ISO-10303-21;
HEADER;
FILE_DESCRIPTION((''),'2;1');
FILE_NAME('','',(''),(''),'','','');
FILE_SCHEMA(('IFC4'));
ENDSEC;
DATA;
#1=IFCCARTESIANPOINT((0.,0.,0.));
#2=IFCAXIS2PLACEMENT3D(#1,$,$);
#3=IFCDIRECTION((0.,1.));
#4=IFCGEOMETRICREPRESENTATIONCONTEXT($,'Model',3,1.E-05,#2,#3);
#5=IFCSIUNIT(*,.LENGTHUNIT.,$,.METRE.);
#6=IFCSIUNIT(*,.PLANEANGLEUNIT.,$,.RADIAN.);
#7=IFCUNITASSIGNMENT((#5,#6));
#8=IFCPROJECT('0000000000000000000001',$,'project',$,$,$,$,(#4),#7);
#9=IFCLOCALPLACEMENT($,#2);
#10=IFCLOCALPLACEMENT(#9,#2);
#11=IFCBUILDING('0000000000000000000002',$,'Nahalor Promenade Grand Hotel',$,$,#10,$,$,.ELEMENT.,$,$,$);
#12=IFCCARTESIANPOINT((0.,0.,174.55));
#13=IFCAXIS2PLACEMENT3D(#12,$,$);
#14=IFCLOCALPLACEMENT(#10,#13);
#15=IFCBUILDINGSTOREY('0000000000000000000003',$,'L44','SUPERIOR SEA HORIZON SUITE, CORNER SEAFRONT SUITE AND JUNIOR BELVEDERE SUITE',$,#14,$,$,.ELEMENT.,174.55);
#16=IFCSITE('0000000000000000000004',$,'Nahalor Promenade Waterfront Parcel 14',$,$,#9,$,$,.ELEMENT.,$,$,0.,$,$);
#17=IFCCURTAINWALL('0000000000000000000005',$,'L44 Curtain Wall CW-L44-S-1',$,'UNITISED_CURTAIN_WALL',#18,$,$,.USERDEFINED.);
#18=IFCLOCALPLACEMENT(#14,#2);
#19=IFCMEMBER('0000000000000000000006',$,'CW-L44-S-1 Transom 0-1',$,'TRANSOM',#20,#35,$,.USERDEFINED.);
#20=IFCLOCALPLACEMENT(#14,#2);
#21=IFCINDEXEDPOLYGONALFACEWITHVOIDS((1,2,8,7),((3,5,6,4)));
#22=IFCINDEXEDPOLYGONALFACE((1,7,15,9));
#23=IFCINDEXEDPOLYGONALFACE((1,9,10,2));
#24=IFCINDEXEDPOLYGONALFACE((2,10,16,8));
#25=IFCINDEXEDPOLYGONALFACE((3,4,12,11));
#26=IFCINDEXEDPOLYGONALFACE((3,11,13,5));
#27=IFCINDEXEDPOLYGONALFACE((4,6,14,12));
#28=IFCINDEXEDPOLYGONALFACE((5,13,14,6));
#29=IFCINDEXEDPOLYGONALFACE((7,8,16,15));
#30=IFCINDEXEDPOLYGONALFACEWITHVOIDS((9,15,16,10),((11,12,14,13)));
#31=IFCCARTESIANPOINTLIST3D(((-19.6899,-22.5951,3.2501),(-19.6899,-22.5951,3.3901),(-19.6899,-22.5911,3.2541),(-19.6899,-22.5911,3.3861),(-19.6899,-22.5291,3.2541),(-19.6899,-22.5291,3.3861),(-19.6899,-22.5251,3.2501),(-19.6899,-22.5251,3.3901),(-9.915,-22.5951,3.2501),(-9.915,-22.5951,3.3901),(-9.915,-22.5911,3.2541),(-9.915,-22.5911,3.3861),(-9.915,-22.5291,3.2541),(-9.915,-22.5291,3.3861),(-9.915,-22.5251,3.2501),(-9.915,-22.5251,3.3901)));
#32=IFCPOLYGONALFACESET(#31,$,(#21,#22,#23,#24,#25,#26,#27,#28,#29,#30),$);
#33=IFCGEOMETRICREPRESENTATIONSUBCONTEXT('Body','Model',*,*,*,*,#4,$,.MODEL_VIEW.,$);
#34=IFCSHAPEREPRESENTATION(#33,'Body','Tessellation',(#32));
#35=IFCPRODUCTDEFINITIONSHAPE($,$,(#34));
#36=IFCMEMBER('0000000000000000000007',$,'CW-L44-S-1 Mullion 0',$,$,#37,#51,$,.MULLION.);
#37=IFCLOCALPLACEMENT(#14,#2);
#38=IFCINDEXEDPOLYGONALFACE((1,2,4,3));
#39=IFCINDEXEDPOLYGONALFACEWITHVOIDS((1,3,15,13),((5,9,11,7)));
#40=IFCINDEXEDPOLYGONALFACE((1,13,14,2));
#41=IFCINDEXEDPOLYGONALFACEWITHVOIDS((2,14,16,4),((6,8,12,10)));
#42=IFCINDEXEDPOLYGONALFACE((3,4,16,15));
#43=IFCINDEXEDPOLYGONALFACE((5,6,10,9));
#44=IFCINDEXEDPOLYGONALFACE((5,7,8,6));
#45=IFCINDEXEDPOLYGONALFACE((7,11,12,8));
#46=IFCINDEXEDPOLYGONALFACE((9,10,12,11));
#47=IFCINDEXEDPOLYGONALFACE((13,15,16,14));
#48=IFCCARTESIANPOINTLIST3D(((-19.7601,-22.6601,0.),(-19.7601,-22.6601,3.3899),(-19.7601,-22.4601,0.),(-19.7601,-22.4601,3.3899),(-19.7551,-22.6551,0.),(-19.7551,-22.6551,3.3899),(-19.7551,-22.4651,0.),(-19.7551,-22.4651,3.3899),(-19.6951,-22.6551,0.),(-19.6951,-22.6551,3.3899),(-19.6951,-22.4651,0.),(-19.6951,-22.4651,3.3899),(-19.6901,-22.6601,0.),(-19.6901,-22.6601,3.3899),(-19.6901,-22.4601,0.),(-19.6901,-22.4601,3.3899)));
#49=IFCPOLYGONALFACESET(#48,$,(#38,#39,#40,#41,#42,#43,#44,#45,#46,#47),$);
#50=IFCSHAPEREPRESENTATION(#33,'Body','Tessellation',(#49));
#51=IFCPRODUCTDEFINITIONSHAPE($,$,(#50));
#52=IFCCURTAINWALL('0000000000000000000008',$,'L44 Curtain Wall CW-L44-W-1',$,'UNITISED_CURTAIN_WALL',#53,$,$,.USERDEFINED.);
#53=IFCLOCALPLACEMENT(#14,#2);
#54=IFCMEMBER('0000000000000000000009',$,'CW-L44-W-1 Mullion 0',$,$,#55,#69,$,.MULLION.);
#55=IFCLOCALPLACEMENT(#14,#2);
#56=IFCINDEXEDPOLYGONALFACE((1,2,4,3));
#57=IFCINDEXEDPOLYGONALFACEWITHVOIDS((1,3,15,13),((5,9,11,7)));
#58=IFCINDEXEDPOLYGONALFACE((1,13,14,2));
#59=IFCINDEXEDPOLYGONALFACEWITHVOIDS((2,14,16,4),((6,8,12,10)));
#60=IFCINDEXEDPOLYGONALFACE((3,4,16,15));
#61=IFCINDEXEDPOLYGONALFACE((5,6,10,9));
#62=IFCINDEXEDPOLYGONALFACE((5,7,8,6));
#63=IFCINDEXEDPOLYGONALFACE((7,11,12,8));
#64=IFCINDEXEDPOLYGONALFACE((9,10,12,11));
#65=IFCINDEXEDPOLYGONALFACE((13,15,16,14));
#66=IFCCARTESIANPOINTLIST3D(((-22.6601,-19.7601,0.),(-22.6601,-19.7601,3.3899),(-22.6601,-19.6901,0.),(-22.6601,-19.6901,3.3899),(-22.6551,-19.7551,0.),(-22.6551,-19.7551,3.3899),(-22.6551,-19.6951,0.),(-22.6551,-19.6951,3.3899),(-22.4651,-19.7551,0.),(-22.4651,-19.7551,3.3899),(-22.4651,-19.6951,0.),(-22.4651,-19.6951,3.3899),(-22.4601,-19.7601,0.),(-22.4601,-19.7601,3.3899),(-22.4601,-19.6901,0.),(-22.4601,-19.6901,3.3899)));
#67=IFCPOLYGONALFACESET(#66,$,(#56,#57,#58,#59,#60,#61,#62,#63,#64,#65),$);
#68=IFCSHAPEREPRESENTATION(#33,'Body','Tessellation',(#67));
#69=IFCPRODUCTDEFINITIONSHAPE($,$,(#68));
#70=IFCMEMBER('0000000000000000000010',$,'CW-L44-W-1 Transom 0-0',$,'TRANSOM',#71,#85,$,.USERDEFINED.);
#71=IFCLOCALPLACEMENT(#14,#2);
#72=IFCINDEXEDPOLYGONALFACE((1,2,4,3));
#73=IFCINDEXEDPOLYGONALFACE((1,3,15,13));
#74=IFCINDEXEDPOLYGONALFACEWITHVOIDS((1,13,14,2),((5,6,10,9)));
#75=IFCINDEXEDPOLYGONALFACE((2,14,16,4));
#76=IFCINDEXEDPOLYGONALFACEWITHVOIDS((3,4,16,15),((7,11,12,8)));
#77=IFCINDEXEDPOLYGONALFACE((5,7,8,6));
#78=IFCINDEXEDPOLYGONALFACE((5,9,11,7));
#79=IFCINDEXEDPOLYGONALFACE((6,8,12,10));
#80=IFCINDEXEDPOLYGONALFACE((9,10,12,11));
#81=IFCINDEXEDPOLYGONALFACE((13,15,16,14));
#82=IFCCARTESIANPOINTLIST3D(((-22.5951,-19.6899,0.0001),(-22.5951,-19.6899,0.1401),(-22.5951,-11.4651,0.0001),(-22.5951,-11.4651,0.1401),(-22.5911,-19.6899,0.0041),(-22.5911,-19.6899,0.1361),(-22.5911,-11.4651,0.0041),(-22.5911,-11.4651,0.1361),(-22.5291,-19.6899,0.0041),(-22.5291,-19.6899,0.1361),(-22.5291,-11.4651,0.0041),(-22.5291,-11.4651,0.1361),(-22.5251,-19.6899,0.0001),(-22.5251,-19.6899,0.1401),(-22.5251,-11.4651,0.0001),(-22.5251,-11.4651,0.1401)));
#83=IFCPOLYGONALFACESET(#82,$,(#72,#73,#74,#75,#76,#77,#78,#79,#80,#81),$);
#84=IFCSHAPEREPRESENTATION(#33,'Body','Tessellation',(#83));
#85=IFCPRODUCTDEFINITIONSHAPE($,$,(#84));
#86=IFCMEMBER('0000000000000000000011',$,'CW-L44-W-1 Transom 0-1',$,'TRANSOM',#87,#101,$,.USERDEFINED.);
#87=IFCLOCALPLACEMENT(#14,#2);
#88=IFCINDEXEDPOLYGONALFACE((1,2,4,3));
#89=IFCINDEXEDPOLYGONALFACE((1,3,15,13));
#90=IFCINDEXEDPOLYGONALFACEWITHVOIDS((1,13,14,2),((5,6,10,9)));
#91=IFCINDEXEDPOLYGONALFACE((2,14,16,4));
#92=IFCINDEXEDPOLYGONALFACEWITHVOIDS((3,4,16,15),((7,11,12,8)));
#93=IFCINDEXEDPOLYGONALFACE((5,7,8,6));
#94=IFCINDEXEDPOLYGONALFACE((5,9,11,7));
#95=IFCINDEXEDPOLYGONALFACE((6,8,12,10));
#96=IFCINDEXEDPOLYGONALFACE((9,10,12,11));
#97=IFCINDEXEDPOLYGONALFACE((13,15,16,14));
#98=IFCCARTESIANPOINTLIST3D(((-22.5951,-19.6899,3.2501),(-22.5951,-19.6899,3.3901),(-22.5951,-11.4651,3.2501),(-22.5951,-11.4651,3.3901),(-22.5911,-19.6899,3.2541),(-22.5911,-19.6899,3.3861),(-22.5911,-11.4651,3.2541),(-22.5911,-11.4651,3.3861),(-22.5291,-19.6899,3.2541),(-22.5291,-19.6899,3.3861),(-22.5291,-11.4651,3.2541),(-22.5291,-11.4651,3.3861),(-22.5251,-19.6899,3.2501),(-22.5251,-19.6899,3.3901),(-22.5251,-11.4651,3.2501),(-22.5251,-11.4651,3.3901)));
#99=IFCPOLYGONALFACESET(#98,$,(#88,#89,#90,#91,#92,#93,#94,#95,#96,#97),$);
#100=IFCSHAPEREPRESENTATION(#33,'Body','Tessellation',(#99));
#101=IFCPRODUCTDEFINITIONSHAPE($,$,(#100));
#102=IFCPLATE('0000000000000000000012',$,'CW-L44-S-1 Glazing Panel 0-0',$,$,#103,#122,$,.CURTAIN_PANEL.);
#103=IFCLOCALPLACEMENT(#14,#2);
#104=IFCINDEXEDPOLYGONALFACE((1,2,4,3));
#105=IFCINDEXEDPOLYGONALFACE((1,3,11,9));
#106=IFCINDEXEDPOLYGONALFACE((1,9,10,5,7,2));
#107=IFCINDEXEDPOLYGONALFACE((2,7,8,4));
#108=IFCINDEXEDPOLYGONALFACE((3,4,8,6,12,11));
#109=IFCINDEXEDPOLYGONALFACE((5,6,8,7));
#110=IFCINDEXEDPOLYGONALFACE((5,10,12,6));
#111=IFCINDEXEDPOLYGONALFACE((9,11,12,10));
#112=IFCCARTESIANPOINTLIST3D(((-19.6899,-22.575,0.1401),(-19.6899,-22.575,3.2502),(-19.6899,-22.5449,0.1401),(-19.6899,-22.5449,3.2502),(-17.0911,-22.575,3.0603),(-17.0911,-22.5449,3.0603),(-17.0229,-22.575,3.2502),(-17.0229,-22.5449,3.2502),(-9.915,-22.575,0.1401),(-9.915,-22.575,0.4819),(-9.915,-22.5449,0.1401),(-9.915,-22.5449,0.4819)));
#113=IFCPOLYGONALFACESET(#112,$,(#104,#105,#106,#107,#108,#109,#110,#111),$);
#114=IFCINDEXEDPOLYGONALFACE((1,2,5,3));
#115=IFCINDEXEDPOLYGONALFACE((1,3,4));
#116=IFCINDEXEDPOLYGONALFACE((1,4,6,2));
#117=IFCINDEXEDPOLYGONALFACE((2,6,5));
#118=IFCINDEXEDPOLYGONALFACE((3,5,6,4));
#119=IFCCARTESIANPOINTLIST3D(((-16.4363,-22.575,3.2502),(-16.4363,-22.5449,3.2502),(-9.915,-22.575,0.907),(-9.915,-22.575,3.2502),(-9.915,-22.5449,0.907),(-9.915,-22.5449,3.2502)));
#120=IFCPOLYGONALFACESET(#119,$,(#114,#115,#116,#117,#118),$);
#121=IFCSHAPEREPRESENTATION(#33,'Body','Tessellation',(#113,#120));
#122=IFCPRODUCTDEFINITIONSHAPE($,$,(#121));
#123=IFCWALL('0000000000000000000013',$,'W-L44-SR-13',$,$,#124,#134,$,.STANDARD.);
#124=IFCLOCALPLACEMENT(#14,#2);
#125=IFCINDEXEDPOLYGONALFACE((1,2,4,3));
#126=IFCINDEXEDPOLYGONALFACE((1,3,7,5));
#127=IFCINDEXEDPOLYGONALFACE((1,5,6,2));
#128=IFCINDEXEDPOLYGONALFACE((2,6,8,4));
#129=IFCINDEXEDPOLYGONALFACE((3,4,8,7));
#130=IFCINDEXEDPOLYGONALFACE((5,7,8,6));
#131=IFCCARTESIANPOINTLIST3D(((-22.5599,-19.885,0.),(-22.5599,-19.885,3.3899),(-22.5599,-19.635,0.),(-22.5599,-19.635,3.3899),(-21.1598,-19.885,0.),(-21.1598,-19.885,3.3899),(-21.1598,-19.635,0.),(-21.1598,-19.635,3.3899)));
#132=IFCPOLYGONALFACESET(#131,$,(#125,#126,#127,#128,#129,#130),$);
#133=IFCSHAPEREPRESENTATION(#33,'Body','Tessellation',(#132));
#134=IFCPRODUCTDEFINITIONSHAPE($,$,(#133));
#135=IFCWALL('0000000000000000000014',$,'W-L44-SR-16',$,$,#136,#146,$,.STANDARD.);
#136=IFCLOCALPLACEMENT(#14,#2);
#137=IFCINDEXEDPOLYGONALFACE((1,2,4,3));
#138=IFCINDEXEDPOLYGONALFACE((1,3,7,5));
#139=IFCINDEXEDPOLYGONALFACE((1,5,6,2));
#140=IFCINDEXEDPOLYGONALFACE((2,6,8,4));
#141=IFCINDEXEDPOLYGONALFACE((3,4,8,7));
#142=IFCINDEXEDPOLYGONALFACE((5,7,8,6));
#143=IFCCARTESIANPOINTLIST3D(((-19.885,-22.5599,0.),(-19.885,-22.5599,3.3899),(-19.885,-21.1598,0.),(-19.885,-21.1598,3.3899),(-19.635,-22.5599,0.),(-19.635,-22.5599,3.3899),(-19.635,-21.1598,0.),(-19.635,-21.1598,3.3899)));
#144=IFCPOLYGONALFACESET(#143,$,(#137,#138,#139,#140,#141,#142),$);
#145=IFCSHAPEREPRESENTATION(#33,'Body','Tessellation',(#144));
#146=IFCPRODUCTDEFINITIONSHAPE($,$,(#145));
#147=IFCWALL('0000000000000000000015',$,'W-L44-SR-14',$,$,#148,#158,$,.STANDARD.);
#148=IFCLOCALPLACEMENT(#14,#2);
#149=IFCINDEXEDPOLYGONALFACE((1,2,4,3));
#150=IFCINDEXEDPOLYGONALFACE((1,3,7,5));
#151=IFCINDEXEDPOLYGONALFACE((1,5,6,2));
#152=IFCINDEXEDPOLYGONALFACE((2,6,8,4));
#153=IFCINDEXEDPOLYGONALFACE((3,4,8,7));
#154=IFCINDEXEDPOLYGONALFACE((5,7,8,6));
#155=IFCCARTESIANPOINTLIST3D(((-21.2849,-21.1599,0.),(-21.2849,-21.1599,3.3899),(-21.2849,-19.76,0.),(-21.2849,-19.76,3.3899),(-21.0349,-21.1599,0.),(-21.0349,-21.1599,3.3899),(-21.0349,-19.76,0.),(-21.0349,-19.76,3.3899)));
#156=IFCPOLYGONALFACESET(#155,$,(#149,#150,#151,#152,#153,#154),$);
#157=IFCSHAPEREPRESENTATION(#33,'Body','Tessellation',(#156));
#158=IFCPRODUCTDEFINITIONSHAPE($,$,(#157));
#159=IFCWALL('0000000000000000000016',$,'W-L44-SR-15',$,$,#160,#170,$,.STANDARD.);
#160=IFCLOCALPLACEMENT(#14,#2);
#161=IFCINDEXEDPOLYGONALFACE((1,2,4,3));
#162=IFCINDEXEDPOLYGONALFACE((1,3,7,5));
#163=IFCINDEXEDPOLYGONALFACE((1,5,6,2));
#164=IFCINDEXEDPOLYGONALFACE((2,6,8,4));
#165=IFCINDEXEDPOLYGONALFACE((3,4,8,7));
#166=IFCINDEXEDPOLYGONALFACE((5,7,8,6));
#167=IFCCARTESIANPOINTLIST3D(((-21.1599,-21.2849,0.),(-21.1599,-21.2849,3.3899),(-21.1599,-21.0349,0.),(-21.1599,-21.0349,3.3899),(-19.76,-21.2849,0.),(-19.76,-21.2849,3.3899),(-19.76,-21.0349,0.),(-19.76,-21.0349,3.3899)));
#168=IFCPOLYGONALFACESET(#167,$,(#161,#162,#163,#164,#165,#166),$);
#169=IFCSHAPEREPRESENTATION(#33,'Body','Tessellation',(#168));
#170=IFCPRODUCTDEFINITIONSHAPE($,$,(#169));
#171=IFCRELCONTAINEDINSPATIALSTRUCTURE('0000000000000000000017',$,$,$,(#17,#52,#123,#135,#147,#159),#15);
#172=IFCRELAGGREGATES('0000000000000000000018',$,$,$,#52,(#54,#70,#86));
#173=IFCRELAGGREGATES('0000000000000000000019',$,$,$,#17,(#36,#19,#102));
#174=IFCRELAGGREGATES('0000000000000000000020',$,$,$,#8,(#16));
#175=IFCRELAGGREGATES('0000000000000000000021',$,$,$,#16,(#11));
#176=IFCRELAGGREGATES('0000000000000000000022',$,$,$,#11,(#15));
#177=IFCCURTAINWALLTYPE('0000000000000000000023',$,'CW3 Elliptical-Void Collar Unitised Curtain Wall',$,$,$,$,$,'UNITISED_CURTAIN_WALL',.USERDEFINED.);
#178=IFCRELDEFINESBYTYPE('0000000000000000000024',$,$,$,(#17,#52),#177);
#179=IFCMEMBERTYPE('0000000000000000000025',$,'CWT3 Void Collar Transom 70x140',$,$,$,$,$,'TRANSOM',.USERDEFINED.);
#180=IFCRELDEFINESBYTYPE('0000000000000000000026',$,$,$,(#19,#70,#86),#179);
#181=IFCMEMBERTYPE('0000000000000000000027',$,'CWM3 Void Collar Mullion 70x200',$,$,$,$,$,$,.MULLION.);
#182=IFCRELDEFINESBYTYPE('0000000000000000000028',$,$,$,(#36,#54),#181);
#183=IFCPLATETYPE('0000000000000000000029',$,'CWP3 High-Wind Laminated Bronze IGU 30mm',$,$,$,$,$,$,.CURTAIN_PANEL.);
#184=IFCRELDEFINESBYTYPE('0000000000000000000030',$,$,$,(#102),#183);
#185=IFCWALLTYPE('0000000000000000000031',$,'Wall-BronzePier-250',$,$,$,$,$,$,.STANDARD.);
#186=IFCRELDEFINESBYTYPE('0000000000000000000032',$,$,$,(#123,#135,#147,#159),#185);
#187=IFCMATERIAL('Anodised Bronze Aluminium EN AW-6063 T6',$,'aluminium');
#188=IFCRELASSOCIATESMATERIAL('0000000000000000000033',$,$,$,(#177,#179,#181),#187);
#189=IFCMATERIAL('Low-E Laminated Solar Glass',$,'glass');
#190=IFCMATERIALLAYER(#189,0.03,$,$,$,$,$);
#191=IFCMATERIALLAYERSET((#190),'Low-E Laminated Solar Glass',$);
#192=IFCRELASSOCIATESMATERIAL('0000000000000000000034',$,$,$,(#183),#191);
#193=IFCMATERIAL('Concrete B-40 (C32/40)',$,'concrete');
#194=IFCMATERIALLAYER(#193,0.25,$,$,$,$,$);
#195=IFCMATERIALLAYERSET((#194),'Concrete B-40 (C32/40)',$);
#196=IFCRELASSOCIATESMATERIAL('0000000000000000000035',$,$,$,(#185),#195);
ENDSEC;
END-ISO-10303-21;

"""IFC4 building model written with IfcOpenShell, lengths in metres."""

from ifc_helpers import new_model, si_unit, direction, frame, frame_2d, origin, origin_2d, place, context, subcontext, project, spatial, polyline, rectangle, hollow_rectangle, outline, extrude, source, transform, mapped, material, layer, layer_set, material_profile, profile_set, type_object, element, aggregate, save


model = new_model("IFC4")

# Units and contexts
model_context = context("Model", 3, precision=1e-05, world=origin(), true_north=direction((0.0, 1.0)))
body_context = subcontext(model_context, "Body", "Model", "MODEL_VIEW")
ifc_project = project(units=[si_unit("LENGTHUNIT", "METRE"), si_unit("PLANEANGLEUNIT", "RADIAN")], contexts=[model_context])

# Site, building, storey
site_placement = place(None, origin())
site = spatial("IfcSite", under=ifc_project, at=site_placement, Name="Nahalor Promenade Waterfront Parcel 14", CompositionType="ELEMENT", RefElevation=0.0)
building_placement = place(site_placement, origin())
building = spatial("IfcBuilding", under=site, at=building_placement, Name="Nahalor Promenade Grand Hotel", CompositionType="ELEMENT")
storey_placement = place(building_placement, frame((0.0, 0.0, 174.55)))
storey = spatial("IfcBuildingStorey", under=building, at=storey_placement, Name="L44", Description="SUPERIOR SEA HORIZON SUITE, CORNER SEAFRONT SUITE AND JUNIOR BELVEDERE SUITE", CompositionType="ELEMENT", Elevation=174.55)

# Curtain walls, members
ifc_material_1 = material(Name="Anodised Bronze Aluminium EN AW-6063 T6", Category="aluminium")
curtain_wall_type = type_object("IfcCurtainWallType", Name="CW3 Elliptical-Void Collar Unitised Curtain Wall", ElementType="UNITISED_CURTAIN_WALL", PredefinedType="USERDEFINED", material=ifc_material_1)
curtain_wall_1_placement = place(storey_placement, origin())
curtain_wall_1 = element("IfcCurtainWall", 1, at=curtain_wall_1_placement, inside=storey, type_object=curtain_wall_type, Name="L44 Curtain Wall CW-L44-S-1", ObjectType="UNITISED_CURTAIN_WALL", PredefinedType="USERDEFINED")
ifc_material_profile_1 = material_profile(ifc_material_1, hollow_rectangle(XDim=0.07, YDim=0.14, WallThickness=0.004, at=origin_2d()), Name="CWT 70x140x4")
ifc_profile_set_1 = profile_set([ifc_material_profile_1], Name="Anodised Bronze Aluminium EN AW-6063 T6")
member_type_1 = type_object("IfcMemberType", Name="CWT3 Void Collar Transom 70x140", ElementType="TRANSOM", PredefinedType="USERDEFINED", material=ifc_profile_set_1)
shared_shape_1 = source(origin(), body_context, "Body", "SweptSolid", [
    extrude(hollow_rectangle(XDim=0.07, YDim=0.14, WallThickness=0.004, at=origin_2d()), origin(), (0.0, 0.0, 1.0), 9.7749),
])
member_1_placement = place(storey_placement, frame((-19.6899, -22.5601, 3.3201), z_axis=(1.0, 0.0, 0.0), x_axis=(0.0, 1.0, 0.0)))
member_1 = element("IfcMember", 2, at=member_1_placement, type_object=member_type_1, Name="CW-L44-S-1 Transom 0-1", ObjectType="TRANSOM", PredefinedType="USERDEFINED", context=body_context, shape_type="MappedRepresentation", body=[
    mapped(shared_shape_1, transform((0.0, 0.0, 0.0), scale=1.0)),
])
ifc_material_profile_2 = material_profile(ifc_material_1, hollow_rectangle(XDim=0.07, YDim=0.2, WallThickness=0.005, at=origin_2d()), Name="CWM 70x200x5")
ifc_profile_set_2 = profile_set([ifc_material_profile_2], Name="Anodised Bronze Aluminium EN AW-6063 T6")
member_type_2 = type_object("IfcMemberType", Name="CWM3 Void Collar Mullion 70x200", PredefinedType="MULLION", material=ifc_profile_set_2)
shared_shape_2 = source(origin(), body_context, "Body", "SweptSolid", [
    extrude(hollow_rectangle(XDim=0.07, YDim=0.2, WallThickness=0.005, at=origin_2d()), origin(), (0.0, 0.0, 1.0), 3.3899),
])
member_2_placement = place(storey_placement, frame((-19.7251, -22.5601, 0.0), z_axis=(0.0, 0.0, 1.0), x_axis=(1.0, 0.0, 0.0)))
member_2 = element("IfcMember", 3, at=member_2_placement, type_object=member_type_2, Name="CW-L44-S-1 Mullion 0", PredefinedType="MULLION", context=body_context, shape_type="MappedRepresentation", body=[
    mapped(shared_shape_2, transform((0.0, 0.0, 0.0), scale=1.0)),
])
curtain_wall_2_placement = place(storey_placement, origin())
curtain_wall_2 = element("IfcCurtainWall", 4, at=curtain_wall_2_placement, inside=storey, type_object=curtain_wall_type, Name="L44 Curtain Wall CW-L44-W-1", ObjectType="UNITISED_CURTAIN_WALL", PredefinedType="USERDEFINED")
member_3_placement = place(storey_placement, frame((-22.5601, -19.7251, 0.0), z_axis=(0.0, 0.0, 1.0), x_axis=(0.0, 1.0, 0.0)))
member_3 = element("IfcMember", 5, at=member_3_placement, type_object=member_type_2, Name="CW-L44-W-1 Mullion 0", PredefinedType="MULLION", context=body_context, shape_type="MappedRepresentation", body=[
    mapped(shared_shape_2, transform((0.0, 0.0, 0.0), scale=1.0)),
])
shared_shape_3 = source(origin(), body_context, "Body", "SweptSolid", [
    extrude(hollow_rectangle(XDim=0.07, YDim=0.14, WallThickness=0.004, at=origin_2d()), origin(), (0.0, 0.0, 1.0), 8.2249),
])
member_4_placement = place(storey_placement, frame((-22.5601, -19.6899, 0.0701), z_axis=(0.0, 1.0, 0.0), x_axis=(-1.0, 0.0, 0.0)))
member_4 = element("IfcMember", 6, at=member_4_placement, type_object=member_type_1, Name="CW-L44-W-1 Transom 0-0", ObjectType="TRANSOM", PredefinedType="USERDEFINED", context=body_context, shape_type="MappedRepresentation", body=[
    mapped(shared_shape_3, transform((0.0, 0.0, 0.0), scale=1.0)),
])
member_5_placement = place(storey_placement, frame((-22.5601, -19.6899, 3.3201), z_axis=(0.0, 1.0, 0.0), x_axis=(-1.0, 0.0, 0.0)))
member_5 = element("IfcMember", 7, at=member_5_placement, type_object=member_type_1, Name="CW-L44-W-1 Transom 0-1", ObjectType="TRANSOM", PredefinedType="USERDEFINED", context=body_context, shape_type="MappedRepresentation", body=[
    mapped(shared_shape_3, transform((0.0, 0.0, 0.0), scale=1.0)),
])
aggregate(curtain_wall_2, [member_3, member_4, member_5])

# Plate
ifc_material_2 = material(Name="Low-E Laminated Solar Glass", Category="glass")
ifc_layer_1 = layer(ifc_material_2, 0.03)
ifc_layer_set_1 = layer_set([ifc_layer_1], Name="Low-E Laminated Solar Glass")
plate_type = type_object("IfcPlateType", Name="CWP3 High-Wind Laminated Bronze IGU 30mm", PredefinedType="CURTAIN_PANEL", material=ifc_layer_set_1)
plate_placement = place(storey_placement, frame((-14.8025, -22.5601, 0.1401), z_axis=(0.0, 0.0, 1.0), x_axis=(1.0, 0.0, 0.0)))
plate = element("IfcPlate", 8, at=plate_placement, type_object=plate_type, Name="CW-L44-S-1 Glazing Panel 0-0", PredefinedType="CURTAIN_PANEL", context=body_context, shape_type="SweptSolid", body=[
    extrude(outline(polyline([(-4.8875, 0.0), (4.8875, 0.0), (4.8875, 0.3418), (-2.2886, 2.9202), (-2.2205, 3.1101), (-4.8875, 3.1101), (-4.8875, 0.0)])), frame((0.0, 0.0151, 0.0), z_axis=(0.0, -1.0, 0.0), x_axis=(1.0, 0.0, 0.0)), (0.0, 0.0, 1.0), 0.03),
    extrude(outline(polyline([(4.8875, 0.7668), (4.8875, 3.1101), (-1.6338, 3.1101), (4.8875, 0.7668)])), frame((0.0, 0.0151, 0.0), z_axis=(0.0, -1.0, 0.0), x_axis=(1.0, 0.0, 0.0)), (0.0, 0.0, 1.0), 0.03),
])
aggregate(curtain_wall_1, [member_2, member_1, plate])

# Walls
ifc_material_3 = material(Name="Concrete B-40 (C32/40)", Category="concrete")
ifc_layer_2 = layer(ifc_material_3, 0.25)
ifc_layer_set_2 = layer_set([ifc_layer_2], Name="Concrete B-40 (C32/40)")
wall_type_1 = type_object("IfcWallType", Name="Wall-BronzePier-250", PredefinedType="STANDARD", material=ifc_layer_set_2)
shared_shape_4 = source(origin(), body_context, "Body", "SweptSolid", [
    extrude(rectangle(XDim=1.4001, YDim=0.25, at=frame_2d((0.7002, 0.0))), origin(), (0.0, 0.0, 1.0), 3.3899),
])
for number, where, z_axis, x_axis, name in (
    (9, (-22.5601, -19.76, 0.0), (0.0, 0.0, 1.0), (1.0, 0.0, 0.0), "W-L44-SR-13"),
    (10, (-19.76, -22.5601, 0.0), (0.0, 0.0, 1.0), (0.0, 1.0, 0.0), "W-L44-SR-16"),
):
    element("IfcWall", number, at=place(storey_placement, frame(where, z_axis=z_axis, x_axis=x_axis)), inside=storey, type_object=wall_type_1, Name=name, PredefinedType="STANDARD", context=body_context, shape_type="MappedRepresentation", body=[
        mapped(shared_shape_4, transform((0.0, 0.0, 0.0), scale=1.0)),
    ])
shared_shape_5 = source(origin(), body_context, "Body", "SweptSolid", [
    extrude(rectangle(XDim=1.3999, YDim=0.25, at=frame_2d((0.7, 0.0))), origin(), (0.0, 0.0, 1.0), 3.3899),
])
for number, where, z_axis, x_axis, name in (
    (11, (-21.1599, -21.1599, 0.0), (0.0, 0.0, 1.0), (0.0, 1.0, 0.0), "W-L44-SR-14"),
    (12, (-21.1599, -21.1599, 0.0), (0.0, 0.0, 1.0), (1.0, 0.0, 0.0), "W-L44-SR-15"),
):
    element("IfcWall", number, at=place(storey_placement, frame(where, z_axis=z_axis, x_axis=x_axis)), inside=storey, type_object=wall_type_1, Name=name, PredefinedType="STANDARD", context=body_context, shape_type="MappedRepresentation", body=[
        mapped(shared_shape_5, transform((0.0, 0.0, 0.0), scale=1.0)),
    ])

save(model, "model.ifc")
